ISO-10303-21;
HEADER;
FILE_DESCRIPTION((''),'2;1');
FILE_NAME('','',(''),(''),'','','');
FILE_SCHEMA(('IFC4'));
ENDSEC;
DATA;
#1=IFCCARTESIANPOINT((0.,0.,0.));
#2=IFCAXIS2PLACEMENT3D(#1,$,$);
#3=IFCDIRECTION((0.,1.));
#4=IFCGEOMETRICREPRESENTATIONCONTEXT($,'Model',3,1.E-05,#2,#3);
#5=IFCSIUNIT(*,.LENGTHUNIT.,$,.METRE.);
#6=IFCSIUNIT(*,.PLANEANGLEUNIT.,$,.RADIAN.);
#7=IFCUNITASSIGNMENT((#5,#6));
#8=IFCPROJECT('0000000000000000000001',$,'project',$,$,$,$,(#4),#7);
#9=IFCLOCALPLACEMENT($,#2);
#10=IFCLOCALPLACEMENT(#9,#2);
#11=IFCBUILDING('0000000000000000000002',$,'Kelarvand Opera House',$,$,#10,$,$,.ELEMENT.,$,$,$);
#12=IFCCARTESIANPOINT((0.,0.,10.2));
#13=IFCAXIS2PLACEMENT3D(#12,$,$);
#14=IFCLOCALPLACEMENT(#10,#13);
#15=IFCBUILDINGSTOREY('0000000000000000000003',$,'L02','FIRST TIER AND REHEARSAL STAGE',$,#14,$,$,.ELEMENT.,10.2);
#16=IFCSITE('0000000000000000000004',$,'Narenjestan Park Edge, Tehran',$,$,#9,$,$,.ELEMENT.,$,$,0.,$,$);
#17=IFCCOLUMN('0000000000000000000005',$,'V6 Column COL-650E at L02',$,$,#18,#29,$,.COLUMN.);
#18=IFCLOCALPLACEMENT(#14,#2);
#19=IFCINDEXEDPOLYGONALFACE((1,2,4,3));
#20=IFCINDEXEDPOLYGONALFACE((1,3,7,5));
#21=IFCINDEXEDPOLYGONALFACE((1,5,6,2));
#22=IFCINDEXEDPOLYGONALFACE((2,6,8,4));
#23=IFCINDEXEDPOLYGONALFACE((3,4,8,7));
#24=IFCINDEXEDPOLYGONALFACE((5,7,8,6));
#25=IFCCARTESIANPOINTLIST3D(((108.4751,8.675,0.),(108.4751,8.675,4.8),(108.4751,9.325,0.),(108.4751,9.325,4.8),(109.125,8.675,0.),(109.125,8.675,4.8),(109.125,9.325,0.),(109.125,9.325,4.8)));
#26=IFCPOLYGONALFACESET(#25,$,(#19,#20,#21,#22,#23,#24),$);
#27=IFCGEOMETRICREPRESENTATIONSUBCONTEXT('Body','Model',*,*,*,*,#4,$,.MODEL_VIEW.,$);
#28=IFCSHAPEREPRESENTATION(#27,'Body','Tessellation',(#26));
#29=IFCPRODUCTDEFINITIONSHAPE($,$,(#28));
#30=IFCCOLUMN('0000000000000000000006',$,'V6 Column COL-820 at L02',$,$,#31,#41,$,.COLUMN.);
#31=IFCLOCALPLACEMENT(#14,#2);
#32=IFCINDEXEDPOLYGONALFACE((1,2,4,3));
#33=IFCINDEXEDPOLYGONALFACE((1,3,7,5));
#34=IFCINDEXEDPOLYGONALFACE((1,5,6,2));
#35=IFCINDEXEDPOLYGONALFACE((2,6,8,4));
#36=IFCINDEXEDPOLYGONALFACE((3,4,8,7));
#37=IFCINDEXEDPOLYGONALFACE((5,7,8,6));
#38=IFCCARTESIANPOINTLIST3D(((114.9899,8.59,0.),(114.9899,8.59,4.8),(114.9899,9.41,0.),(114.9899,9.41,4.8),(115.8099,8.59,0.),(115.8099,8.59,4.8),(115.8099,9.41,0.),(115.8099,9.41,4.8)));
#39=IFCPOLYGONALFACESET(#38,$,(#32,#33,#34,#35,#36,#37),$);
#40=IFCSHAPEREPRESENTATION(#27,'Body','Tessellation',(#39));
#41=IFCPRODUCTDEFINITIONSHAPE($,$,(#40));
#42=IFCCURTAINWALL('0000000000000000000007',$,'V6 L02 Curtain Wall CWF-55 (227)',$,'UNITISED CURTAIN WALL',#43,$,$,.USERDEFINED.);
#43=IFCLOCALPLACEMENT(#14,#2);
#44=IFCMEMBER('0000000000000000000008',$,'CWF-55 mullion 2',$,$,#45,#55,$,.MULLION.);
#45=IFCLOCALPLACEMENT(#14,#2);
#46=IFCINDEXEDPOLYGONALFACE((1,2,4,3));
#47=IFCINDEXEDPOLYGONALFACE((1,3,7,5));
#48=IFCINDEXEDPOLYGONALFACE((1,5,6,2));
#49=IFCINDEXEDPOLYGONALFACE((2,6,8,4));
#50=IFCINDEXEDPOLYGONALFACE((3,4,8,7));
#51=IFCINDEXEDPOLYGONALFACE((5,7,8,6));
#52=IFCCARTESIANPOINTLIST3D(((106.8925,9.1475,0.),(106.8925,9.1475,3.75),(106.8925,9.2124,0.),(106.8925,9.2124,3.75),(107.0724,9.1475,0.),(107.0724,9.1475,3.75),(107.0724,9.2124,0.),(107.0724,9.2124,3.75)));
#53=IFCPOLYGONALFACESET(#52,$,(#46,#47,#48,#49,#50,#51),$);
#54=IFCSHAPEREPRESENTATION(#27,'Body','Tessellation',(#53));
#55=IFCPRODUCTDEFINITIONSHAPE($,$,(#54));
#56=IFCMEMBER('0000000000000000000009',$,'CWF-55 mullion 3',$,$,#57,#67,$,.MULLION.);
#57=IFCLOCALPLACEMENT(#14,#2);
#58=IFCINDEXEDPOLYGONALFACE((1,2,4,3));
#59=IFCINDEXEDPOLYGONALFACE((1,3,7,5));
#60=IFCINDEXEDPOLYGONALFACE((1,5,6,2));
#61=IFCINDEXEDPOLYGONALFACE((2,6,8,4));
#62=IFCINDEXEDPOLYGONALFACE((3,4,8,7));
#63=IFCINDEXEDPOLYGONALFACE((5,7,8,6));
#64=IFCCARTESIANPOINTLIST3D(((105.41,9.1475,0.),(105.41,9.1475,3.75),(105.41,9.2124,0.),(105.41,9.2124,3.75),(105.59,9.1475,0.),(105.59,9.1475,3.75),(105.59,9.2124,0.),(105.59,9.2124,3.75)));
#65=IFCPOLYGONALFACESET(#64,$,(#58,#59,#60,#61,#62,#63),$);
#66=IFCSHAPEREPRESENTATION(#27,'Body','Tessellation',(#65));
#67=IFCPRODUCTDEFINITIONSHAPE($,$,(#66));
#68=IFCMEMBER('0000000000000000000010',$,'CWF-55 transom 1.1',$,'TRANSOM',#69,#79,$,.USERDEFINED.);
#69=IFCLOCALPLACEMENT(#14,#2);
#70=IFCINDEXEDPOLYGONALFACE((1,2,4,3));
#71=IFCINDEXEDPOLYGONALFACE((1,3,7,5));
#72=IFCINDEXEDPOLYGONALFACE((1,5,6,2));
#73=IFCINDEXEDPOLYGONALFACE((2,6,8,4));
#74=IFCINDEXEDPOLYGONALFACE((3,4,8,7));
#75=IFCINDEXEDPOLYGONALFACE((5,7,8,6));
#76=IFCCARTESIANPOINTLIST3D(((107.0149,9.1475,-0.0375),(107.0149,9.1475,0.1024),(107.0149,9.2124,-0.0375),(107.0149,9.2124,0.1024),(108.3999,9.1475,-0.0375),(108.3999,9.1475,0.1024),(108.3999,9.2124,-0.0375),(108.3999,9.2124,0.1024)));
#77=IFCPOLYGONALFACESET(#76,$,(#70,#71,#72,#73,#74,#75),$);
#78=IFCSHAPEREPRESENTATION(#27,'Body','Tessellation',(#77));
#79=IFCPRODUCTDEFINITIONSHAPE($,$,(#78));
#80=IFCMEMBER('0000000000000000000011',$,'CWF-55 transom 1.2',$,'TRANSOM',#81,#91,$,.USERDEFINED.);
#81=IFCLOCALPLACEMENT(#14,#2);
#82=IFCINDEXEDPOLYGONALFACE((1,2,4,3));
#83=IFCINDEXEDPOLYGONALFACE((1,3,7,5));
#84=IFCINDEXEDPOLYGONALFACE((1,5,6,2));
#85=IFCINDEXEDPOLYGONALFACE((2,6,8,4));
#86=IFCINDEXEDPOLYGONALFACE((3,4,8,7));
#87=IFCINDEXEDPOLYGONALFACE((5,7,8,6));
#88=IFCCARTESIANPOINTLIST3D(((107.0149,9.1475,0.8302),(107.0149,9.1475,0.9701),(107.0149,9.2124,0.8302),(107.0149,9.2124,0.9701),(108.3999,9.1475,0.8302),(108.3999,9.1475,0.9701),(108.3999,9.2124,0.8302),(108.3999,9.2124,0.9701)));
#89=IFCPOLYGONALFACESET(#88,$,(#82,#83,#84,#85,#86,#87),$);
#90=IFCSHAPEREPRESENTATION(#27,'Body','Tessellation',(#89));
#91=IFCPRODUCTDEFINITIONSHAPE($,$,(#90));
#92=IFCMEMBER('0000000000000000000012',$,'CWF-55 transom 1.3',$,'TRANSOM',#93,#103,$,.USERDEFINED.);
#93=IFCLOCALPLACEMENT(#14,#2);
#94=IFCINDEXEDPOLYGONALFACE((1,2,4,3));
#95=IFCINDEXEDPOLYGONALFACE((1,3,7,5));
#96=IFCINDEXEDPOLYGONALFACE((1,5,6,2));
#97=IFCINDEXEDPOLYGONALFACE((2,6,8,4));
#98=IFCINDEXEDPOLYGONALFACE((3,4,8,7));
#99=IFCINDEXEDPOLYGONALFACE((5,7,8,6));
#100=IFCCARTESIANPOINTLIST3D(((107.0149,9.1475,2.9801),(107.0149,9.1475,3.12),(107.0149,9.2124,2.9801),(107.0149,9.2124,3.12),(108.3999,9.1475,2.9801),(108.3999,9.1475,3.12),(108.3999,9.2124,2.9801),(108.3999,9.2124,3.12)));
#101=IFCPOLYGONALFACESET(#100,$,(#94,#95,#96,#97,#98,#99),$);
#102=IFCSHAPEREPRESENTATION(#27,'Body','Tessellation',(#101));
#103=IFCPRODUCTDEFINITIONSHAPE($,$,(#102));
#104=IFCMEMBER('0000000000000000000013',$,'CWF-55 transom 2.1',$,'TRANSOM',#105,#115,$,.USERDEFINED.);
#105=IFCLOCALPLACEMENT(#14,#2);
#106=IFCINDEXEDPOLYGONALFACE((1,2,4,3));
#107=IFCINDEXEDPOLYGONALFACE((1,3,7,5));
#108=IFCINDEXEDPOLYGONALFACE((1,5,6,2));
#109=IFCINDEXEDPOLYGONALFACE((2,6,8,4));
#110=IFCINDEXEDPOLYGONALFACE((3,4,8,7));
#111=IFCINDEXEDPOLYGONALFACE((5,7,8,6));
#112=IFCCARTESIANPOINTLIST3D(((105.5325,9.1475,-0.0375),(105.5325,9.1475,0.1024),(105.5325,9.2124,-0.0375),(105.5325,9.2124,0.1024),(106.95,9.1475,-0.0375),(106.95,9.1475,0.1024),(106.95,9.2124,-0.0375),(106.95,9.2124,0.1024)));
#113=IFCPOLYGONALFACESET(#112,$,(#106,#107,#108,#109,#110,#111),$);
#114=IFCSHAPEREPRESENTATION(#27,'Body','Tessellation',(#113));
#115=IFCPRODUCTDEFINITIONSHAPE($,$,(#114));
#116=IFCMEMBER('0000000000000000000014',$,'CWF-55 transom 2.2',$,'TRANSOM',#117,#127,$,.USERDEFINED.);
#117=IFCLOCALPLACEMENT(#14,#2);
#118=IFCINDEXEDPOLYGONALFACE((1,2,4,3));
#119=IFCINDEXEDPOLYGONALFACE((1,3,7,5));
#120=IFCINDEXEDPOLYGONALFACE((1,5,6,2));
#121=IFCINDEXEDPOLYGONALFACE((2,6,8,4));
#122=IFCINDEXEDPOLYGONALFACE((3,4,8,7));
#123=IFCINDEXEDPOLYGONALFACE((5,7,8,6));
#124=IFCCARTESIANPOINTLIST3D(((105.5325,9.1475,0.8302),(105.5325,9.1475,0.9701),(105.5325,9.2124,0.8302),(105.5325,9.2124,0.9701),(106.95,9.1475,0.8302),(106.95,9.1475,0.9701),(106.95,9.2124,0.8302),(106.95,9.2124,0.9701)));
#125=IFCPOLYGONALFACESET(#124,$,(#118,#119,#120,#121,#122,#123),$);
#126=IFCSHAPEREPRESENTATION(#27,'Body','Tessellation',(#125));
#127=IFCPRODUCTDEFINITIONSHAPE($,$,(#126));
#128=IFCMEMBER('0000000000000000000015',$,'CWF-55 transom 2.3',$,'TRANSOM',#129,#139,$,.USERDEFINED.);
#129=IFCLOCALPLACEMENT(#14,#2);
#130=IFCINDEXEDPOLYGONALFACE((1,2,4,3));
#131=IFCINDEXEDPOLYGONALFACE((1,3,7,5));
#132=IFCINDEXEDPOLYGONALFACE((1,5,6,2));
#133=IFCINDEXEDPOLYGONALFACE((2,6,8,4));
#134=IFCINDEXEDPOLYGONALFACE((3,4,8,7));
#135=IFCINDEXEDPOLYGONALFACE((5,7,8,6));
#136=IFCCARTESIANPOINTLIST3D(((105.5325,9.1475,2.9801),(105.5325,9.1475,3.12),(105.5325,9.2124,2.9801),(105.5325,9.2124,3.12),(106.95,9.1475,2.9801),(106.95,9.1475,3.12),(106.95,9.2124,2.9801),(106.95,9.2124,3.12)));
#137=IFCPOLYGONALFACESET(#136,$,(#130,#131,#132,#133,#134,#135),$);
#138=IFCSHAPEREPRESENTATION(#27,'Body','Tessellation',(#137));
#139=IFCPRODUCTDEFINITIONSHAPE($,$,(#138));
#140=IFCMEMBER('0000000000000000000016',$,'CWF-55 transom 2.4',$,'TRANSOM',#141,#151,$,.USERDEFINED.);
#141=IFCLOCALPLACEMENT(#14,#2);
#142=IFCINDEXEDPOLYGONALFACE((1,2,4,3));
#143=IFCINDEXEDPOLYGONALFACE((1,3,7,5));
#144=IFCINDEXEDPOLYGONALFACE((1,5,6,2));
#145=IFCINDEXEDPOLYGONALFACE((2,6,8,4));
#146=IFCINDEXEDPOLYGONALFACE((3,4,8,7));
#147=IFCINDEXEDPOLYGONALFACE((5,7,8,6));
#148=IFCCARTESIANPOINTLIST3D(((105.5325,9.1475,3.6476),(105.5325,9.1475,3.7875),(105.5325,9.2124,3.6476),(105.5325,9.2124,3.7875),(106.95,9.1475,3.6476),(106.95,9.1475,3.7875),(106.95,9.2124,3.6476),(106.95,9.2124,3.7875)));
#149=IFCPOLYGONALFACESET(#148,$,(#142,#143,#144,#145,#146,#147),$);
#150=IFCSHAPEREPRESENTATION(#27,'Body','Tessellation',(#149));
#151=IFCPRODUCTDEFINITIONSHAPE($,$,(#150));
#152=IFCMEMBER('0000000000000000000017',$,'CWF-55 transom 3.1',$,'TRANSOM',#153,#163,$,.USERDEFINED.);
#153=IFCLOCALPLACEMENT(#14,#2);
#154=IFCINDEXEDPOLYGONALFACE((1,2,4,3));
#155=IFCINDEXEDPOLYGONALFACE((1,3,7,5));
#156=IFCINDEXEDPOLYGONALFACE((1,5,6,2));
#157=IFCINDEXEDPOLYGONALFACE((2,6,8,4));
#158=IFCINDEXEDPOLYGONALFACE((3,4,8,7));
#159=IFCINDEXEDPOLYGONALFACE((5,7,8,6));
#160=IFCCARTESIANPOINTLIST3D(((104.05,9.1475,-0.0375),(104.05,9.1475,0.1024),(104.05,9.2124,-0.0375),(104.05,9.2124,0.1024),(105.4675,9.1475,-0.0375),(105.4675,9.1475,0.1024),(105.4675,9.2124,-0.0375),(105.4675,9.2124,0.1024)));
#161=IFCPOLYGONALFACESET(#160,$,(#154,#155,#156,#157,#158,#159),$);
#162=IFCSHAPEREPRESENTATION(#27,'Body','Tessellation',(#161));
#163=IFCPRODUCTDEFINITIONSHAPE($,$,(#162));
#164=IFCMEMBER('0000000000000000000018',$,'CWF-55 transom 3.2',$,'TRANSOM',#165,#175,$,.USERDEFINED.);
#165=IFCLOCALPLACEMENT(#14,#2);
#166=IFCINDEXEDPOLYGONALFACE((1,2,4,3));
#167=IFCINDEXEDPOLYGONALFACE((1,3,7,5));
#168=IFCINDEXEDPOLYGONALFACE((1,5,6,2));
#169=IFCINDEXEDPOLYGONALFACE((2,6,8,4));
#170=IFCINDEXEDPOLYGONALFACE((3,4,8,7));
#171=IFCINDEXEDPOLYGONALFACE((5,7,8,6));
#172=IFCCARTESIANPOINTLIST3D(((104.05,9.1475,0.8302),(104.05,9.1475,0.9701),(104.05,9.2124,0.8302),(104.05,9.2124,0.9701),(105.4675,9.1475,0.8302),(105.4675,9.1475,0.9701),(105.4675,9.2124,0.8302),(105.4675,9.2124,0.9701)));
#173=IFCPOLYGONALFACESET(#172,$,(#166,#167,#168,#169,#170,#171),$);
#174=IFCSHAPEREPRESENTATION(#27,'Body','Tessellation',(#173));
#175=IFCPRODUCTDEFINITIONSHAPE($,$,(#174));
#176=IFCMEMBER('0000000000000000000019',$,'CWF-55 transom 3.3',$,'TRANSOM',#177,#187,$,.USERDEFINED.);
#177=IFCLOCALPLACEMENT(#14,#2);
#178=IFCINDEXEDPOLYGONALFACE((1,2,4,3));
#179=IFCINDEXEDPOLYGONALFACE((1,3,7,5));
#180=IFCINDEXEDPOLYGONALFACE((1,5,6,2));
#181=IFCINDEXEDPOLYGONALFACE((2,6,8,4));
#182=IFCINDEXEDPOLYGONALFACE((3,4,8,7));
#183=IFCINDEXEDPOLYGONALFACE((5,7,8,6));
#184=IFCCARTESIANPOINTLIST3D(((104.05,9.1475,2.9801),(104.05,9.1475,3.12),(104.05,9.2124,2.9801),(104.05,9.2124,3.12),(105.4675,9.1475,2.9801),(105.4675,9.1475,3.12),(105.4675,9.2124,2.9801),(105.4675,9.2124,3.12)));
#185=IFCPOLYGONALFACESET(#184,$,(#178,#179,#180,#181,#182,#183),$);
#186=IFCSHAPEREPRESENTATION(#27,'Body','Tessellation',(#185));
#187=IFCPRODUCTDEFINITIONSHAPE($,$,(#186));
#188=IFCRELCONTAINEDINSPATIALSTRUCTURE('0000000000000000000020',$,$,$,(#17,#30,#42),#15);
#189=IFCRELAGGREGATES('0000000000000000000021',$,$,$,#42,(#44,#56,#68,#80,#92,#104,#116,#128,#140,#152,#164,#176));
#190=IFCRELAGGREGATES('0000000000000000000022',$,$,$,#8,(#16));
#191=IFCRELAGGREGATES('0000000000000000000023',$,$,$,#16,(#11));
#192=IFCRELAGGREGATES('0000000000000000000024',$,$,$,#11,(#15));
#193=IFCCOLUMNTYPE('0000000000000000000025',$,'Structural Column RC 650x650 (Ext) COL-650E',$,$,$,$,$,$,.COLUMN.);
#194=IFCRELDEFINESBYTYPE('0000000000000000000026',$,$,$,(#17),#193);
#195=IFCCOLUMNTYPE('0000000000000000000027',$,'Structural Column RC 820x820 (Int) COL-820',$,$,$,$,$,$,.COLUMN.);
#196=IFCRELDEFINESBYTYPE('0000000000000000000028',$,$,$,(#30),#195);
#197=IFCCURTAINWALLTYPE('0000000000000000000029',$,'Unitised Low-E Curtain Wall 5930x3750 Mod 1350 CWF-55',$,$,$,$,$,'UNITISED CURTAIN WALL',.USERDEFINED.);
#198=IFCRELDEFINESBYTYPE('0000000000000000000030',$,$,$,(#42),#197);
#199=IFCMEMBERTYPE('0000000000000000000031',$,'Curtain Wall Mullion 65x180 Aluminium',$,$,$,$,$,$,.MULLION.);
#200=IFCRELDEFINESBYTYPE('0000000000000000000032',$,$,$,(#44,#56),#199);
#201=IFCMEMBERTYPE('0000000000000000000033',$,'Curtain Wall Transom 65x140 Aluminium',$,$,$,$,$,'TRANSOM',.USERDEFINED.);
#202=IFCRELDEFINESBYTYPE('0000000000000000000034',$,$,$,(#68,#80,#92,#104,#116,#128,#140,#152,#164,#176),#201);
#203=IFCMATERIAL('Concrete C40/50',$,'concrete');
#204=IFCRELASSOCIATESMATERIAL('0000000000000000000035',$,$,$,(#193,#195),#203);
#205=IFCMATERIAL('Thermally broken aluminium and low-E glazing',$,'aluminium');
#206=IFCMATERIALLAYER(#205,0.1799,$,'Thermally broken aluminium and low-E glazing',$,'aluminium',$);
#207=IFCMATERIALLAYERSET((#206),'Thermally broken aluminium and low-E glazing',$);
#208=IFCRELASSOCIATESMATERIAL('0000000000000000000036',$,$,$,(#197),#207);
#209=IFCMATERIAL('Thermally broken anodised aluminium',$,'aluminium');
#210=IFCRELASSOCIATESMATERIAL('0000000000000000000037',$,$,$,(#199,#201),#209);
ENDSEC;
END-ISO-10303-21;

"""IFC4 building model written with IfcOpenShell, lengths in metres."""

from ifc_helpers import new_model, si_unit, direction, frame, origin, origin_2d, place, context, subcontext, project, spatial, rectangle, extrude, material, layer, layer_set, material_profile, profile_set, type_object, element, aggregate, save


model = new_model("IFC4")

# Units and contexts
model_context = context("Model", 3, precision=1e-05, world=origin(), true_north=direction((0.0, 1.0)))
body_context = subcontext(model_context, "Body", "Model", "MODEL_VIEW")
ifc_project = project(units=[si_unit("LENGTHUNIT", "METRE"), si_unit("PLANEANGLEUNIT", "RADIAN")], contexts=[model_context])

# Site, building, storey
site_placement = place(None, origin())
site = spatial("IfcSite", under=ifc_project, at=site_placement, Name="Narenjestan Park Edge, Tehran", CompositionType="ELEMENT", RefElevation=0.0)
building_placement = place(site_placement, origin())
building = spatial("IfcBuilding", under=site, at=building_placement, Name="Kelarvand Opera House", CompositionType="ELEMENT")
storey_placement = place(building_placement, frame((0.0, 0.0, 10.2)))
storey = spatial("IfcBuildingStorey", under=building, at=storey_placement, Name="L02", Description="FIRST TIER AND REHEARSAL STAGE", CompositionType="ELEMENT", Elevation=10.2)

# Columns
ifc_material_1 = material(Name="Concrete C40/50", Category="concrete")
ifc_material_profile_1 = material_profile(ifc_material_1, rectangle(XDim=0.6499, YDim=0.6499, at=origin_2d()), Name="RC 650x650", Category="concrete")
ifc_profile_set_1 = profile_set([ifc_material_profile_1], Name="Concrete C40/50")
column_type_1 = type_object("IfcColumnType", Name="Structural Column RC 650x650 (Ext) COL-650E", PredefinedType="COLUMN", material=ifc_profile_set_1)
column_1_placement = place(storey_placement, frame((108.8, 9.0, 0.0), z_axis=(0.0, 0.0, 1.0), x_axis=(1.0, 0.0, 0.0)))
element("IfcColumn", 1, at=column_1_placement, inside=storey, type_object=column_type_1, Name="V6 Column COL-650E at L02", PredefinedType="COLUMN", context=body_context, shape_type="SweptSolid", body=[
    extrude(rectangle(XDim=0.6499, YDim=0.6499, at=origin_2d()), origin(), (0.0, 0.0, 1.0), 4.8),
])
ifc_material_profile_2 = material_profile(ifc_material_1, rectangle(XDim=0.8201, YDim=0.8201, at=origin_2d()), Name="RC 820x820", Category="concrete")
ifc_profile_set_2 = profile_set([ifc_material_profile_2], Name="Concrete C40/50")
column_type_2 = type_object("IfcColumnType", Name="Structural Column RC 820x820 (Int) COL-820", PredefinedType="COLUMN", material=ifc_profile_set_2)
column_2_placement = place(storey_placement, frame((115.3999, 9.0, 0.0), z_axis=(0.0, 0.0, 1.0), x_axis=(1.0, 0.0, 0.0)))
element("IfcColumn", 2, at=column_2_placement, inside=storey, type_object=column_type_2, Name="V6 Column COL-820 at L02", PredefinedType="COLUMN", context=body_context, shape_type="SweptSolid", body=[
    extrude(rectangle(XDim=0.8201, YDim=0.8201, at=origin_2d()), origin(), (0.0, 0.0, 1.0), 4.8),
])

# Curtain wall, members
ifc_material_2 = material(Name="Thermally broken aluminium and low-E glazing", Category="aluminium")
ifc_layer_1 = layer(ifc_material_2, 0.1799, Name="Thermally broken aluminium and low-E glazing", Category="aluminium")
ifc_layer_set_1 = layer_set([ifc_layer_1], Name="Thermally broken aluminium and low-E glazing")
curtain_wall_type = type_object("IfcCurtainWallType", Name="Unitised Low-E Curtain Wall 5930x3750 Mod 1350 CWF-55", ElementType="UNITISED CURTAIN WALL", PredefinedType="USERDEFINED", material=ifc_layer_set_1)
curtain_wall_placement = place(storey_placement, origin())
curtain_wall = element("IfcCurtainWall", 3, at=curtain_wall_placement, inside=storey, type_object=curtain_wall_type, Name="V6 L02 Curtain Wall CWF-55 (227)", ObjectType="UNITISED CURTAIN WALL", PredefinedType="USERDEFINED")
ifc_material_3 = material(Name="Thermally broken anodised aluminium", Category="aluminium")
ifc_material_profile_3 = material_profile(ifc_material_3, rectangle(XDim=0.0649, YDim=0.1799, at=origin_2d()), Name="ALU MULLION 65x180", Category="aluminium")
ifc_profile_set_3 = profile_set([ifc_material_profile_3], Name="Thermally broken anodised aluminium")
member_type_1 = type_object("IfcMemberType", Name="Curtain Wall Mullion 65x180 Aluminium", PredefinedType="MULLION", material=ifc_profile_set_3)
member_1_placement = place(storey_placement, frame((106.9824, 9.1799, 0.0), z_axis=(0.0, 0.0, 1.0), x_axis=(0.0, -1.0, 0.0)))
member_1 = element("IfcMember", 4, at=member_1_placement, type_object=member_type_1, Name="CWF-55 mullion 2", PredefinedType="MULLION", context=body_context, shape_type="SweptSolid", body=[
    extrude(rectangle(XDim=0.0649, YDim=0.1799, at=origin_2d()), origin(), (0.0, 0.0, 1.0), 3.75),
])
member_2_placement = place(storey_placement, frame((105.5, 9.1799, 0.0), z_axis=(0.0, 0.0, 1.0), x_axis=(0.0, -1.0, 0.0)))
member_2 = element("IfcMember", 5, at=member_2_placement, type_object=member_type_1, Name="CWF-55 mullion 3", PredefinedType="MULLION", context=body_context, shape_type="SweptSolid", body=[
    extrude(rectangle(XDim=0.0649, YDim=0.1799, at=origin_2d()), origin(), (0.0, 0.0, 1.0), 3.75),
])
ifc_material_profile_4 = material_profile(ifc_material_3, rectangle(XDim=0.0649, YDim=0.1399, at=origin_2d()), Name="ALU TRANSOM 65x140", Category="aluminium")
ifc_profile_set_4 = profile_set([ifc_material_profile_4], Name="Thermally broken anodised aluminium")
member_type_2 = type_object("IfcMemberType", Name="Curtain Wall Transom 65x140 Aluminium", ElementType="TRANSOM", PredefinedType="USERDEFINED", material=ifc_profile_set_4)
member_3_placement = place(storey_placement, frame((108.3999, 9.1799, 0.0325), z_axis=(-1.0, 0.0, 0.0), x_axis=(0.0, -1.0, 0.0)))
member_3 = element("IfcMember", 6, at=member_3_placement, type_object=member_type_2, Name="CWF-55 transom 1.1", ObjectType="TRANSOM", PredefinedType="USERDEFINED", context=body_context, shape_type="SweptSolid", body=[
    extrude(rectangle(XDim=0.0649, YDim=0.1399, at=origin_2d()), origin(), (0.0, 0.0, 1.0), 1.385),
])
member_4_placement = place(storey_placement, frame((108.3999, 9.1799, 0.9001), z_axis=(-1.0, 0.0, 0.0), x_axis=(0.0, -1.0, 0.0)))
member_4 = element("IfcMember", 7, at=member_4_placement, type_object=member_type_2, Name="CWF-55 transom 1.2", ObjectType="TRANSOM", PredefinedType="USERDEFINED", context=body_context, shape_type="SweptSolid", body=[
    extrude(rectangle(XDim=0.0649, YDim=0.1399, at=origin_2d()), origin(), (0.0, 0.0, 1.0), 1.385),
])
member_5_placement = place(storey_placement, frame((108.3999, 9.1799, 3.05), z_axis=(-1.0, 0.0, 0.0), x_axis=(0.0, -1.0, 0.0)))
member_5 = element("IfcMember", 8, at=member_5_placement, type_object=member_type_2, Name="CWF-55 transom 1.3", ObjectType="TRANSOM", PredefinedType="USERDEFINED", context=body_context, shape_type="SweptSolid", body=[
    extrude(rectangle(XDim=0.0649, YDim=0.1399, at=origin_2d()), origin(), (0.0, 0.0, 1.0), 1.385),
])
member_6_placement = place(storey_placement, frame((106.95, 9.1799, 0.0325), z_axis=(-1.0, 0.0, 0.0), x_axis=(0.0, -1.0, 0.0)))
member_6 = element("IfcMember", 9, at=member_6_placement, type_object=member_type_2, Name="CWF-55 transom 2.1", ObjectType="TRANSOM", PredefinedType="USERDEFINED", context=body_context, shape_type="SweptSolid", body=[
    extrude(rectangle(XDim=0.0649, YDim=0.1399, at=origin_2d()), origin(), (0.0, 0.0, 1.0), 1.4175),
])
member_7_placement = place(storey_placement, frame((106.95, 9.1799, 0.9001), z_axis=(-1.0, 0.0, 0.0), x_axis=(0.0, -1.0, 0.0)))
member_7 = element("IfcMember", 10, at=member_7_placement, type_object=member_type_2, Name="CWF-55 transom 2.2", ObjectType="TRANSOM", PredefinedType="USERDEFINED", context=body_context, shape_type="SweptSolid", body=[
    extrude(rectangle(XDim=0.0649, YDim=0.1399, at=origin_2d()), origin(), (0.0, 0.0, 1.0), 1.4175),
])
member_8_placement = place(storey_placement, frame((106.95, 9.1799, 3.05), z_axis=(-1.0, 0.0, 0.0), x_axis=(0.0, -1.0, 0.0)))
member_8 = element("IfcMember", 11, at=member_8_placement, type_object=member_type_2, Name="CWF-55 transom 2.3", ObjectType="TRANSOM", PredefinedType="USERDEFINED", context=body_context, shape_type="SweptSolid", body=[
    extrude(rectangle(XDim=0.0649, YDim=0.1399, at=origin_2d()), origin(), (0.0, 0.0, 1.0), 1.4175),
])
member_9_placement = place(storey_placement, frame((106.95, 9.1799, 3.7175), z_axis=(-1.0, 0.0, 0.0), x_axis=(0.0, -1.0, 0.0)))
member_9 = element("IfcMember", 12, at=member_9_placement, type_object=member_type_2, Name="CWF-55 transom 2.4", ObjectType="TRANSOM", PredefinedType="USERDEFINED", context=body_context, shape_type="SweptSolid", body=[
    extrude(rectangle(XDim=0.0649, YDim=0.1399, at=origin_2d()), origin(), (0.0, 0.0, 1.0), 1.4175),
])
member_10_placement = place(storey_placement, frame((105.4675, 9.1799, 0.0325), z_axis=(-1.0, 0.0, 0.0), x_axis=(0.0, -1.0, 0.0)))
member_10 = element("IfcMember", 13, at=member_10_placement, type_object=member_type_2, Name="CWF-55 transom 3.1", ObjectType="TRANSOM", PredefinedType="USERDEFINED", context=body_context, shape_type="SweptSolid", body=[
    extrude(rectangle(XDim=0.0649, YDim=0.1399, at=origin_2d()), origin(), (0.0, 0.0, 1.0), 1.4175),
])
member_11_placement = place(storey_placement, frame((105.4675, 9.1799, 0.9001), z_axis=(-1.0, 0.0, 0.0), x_axis=(0.0, -1.0, 0.0)))
member_11 = element("IfcMember", 14, at=member_11_placement, type_object=member_type_2, Name="CWF-55 transom 3.2", ObjectType="TRANSOM", PredefinedType="USERDEFINED", context=body_context, shape_type="SweptSolid", body=[
    extrude(rectangle(XDim=0.0649, YDim=0.1399, at=origin_2d()), origin(), (0.0, 0.0, 1.0), 1.4175),
])
member_12_placement = place(storey_placement, frame((105.4675, 9.1799, 3.05), z_axis=(-1.0, 0.0, 0.0), x_axis=(0.0, -1.0, 0.0)))
member_12 = element("IfcMember", 15, at=member_12_placement, type_object=member_type_2, Name="CWF-55 transom 3.3", ObjectType="TRANSOM", PredefinedType="USERDEFINED", context=body_context, shape_type="SweptSolid", body=[
    extrude(rectangle(XDim=0.0649, YDim=0.1399, at=origin_2d()), origin(), (0.0, 0.0, 1.0), 1.4175),
])

aggregate(curtain_wall, [member_1, member_2, member_3, member_4, member_5, member_6, member_7, member_8, member_9, member_10, member_11, member_12])

save(model, "model.ifc")
